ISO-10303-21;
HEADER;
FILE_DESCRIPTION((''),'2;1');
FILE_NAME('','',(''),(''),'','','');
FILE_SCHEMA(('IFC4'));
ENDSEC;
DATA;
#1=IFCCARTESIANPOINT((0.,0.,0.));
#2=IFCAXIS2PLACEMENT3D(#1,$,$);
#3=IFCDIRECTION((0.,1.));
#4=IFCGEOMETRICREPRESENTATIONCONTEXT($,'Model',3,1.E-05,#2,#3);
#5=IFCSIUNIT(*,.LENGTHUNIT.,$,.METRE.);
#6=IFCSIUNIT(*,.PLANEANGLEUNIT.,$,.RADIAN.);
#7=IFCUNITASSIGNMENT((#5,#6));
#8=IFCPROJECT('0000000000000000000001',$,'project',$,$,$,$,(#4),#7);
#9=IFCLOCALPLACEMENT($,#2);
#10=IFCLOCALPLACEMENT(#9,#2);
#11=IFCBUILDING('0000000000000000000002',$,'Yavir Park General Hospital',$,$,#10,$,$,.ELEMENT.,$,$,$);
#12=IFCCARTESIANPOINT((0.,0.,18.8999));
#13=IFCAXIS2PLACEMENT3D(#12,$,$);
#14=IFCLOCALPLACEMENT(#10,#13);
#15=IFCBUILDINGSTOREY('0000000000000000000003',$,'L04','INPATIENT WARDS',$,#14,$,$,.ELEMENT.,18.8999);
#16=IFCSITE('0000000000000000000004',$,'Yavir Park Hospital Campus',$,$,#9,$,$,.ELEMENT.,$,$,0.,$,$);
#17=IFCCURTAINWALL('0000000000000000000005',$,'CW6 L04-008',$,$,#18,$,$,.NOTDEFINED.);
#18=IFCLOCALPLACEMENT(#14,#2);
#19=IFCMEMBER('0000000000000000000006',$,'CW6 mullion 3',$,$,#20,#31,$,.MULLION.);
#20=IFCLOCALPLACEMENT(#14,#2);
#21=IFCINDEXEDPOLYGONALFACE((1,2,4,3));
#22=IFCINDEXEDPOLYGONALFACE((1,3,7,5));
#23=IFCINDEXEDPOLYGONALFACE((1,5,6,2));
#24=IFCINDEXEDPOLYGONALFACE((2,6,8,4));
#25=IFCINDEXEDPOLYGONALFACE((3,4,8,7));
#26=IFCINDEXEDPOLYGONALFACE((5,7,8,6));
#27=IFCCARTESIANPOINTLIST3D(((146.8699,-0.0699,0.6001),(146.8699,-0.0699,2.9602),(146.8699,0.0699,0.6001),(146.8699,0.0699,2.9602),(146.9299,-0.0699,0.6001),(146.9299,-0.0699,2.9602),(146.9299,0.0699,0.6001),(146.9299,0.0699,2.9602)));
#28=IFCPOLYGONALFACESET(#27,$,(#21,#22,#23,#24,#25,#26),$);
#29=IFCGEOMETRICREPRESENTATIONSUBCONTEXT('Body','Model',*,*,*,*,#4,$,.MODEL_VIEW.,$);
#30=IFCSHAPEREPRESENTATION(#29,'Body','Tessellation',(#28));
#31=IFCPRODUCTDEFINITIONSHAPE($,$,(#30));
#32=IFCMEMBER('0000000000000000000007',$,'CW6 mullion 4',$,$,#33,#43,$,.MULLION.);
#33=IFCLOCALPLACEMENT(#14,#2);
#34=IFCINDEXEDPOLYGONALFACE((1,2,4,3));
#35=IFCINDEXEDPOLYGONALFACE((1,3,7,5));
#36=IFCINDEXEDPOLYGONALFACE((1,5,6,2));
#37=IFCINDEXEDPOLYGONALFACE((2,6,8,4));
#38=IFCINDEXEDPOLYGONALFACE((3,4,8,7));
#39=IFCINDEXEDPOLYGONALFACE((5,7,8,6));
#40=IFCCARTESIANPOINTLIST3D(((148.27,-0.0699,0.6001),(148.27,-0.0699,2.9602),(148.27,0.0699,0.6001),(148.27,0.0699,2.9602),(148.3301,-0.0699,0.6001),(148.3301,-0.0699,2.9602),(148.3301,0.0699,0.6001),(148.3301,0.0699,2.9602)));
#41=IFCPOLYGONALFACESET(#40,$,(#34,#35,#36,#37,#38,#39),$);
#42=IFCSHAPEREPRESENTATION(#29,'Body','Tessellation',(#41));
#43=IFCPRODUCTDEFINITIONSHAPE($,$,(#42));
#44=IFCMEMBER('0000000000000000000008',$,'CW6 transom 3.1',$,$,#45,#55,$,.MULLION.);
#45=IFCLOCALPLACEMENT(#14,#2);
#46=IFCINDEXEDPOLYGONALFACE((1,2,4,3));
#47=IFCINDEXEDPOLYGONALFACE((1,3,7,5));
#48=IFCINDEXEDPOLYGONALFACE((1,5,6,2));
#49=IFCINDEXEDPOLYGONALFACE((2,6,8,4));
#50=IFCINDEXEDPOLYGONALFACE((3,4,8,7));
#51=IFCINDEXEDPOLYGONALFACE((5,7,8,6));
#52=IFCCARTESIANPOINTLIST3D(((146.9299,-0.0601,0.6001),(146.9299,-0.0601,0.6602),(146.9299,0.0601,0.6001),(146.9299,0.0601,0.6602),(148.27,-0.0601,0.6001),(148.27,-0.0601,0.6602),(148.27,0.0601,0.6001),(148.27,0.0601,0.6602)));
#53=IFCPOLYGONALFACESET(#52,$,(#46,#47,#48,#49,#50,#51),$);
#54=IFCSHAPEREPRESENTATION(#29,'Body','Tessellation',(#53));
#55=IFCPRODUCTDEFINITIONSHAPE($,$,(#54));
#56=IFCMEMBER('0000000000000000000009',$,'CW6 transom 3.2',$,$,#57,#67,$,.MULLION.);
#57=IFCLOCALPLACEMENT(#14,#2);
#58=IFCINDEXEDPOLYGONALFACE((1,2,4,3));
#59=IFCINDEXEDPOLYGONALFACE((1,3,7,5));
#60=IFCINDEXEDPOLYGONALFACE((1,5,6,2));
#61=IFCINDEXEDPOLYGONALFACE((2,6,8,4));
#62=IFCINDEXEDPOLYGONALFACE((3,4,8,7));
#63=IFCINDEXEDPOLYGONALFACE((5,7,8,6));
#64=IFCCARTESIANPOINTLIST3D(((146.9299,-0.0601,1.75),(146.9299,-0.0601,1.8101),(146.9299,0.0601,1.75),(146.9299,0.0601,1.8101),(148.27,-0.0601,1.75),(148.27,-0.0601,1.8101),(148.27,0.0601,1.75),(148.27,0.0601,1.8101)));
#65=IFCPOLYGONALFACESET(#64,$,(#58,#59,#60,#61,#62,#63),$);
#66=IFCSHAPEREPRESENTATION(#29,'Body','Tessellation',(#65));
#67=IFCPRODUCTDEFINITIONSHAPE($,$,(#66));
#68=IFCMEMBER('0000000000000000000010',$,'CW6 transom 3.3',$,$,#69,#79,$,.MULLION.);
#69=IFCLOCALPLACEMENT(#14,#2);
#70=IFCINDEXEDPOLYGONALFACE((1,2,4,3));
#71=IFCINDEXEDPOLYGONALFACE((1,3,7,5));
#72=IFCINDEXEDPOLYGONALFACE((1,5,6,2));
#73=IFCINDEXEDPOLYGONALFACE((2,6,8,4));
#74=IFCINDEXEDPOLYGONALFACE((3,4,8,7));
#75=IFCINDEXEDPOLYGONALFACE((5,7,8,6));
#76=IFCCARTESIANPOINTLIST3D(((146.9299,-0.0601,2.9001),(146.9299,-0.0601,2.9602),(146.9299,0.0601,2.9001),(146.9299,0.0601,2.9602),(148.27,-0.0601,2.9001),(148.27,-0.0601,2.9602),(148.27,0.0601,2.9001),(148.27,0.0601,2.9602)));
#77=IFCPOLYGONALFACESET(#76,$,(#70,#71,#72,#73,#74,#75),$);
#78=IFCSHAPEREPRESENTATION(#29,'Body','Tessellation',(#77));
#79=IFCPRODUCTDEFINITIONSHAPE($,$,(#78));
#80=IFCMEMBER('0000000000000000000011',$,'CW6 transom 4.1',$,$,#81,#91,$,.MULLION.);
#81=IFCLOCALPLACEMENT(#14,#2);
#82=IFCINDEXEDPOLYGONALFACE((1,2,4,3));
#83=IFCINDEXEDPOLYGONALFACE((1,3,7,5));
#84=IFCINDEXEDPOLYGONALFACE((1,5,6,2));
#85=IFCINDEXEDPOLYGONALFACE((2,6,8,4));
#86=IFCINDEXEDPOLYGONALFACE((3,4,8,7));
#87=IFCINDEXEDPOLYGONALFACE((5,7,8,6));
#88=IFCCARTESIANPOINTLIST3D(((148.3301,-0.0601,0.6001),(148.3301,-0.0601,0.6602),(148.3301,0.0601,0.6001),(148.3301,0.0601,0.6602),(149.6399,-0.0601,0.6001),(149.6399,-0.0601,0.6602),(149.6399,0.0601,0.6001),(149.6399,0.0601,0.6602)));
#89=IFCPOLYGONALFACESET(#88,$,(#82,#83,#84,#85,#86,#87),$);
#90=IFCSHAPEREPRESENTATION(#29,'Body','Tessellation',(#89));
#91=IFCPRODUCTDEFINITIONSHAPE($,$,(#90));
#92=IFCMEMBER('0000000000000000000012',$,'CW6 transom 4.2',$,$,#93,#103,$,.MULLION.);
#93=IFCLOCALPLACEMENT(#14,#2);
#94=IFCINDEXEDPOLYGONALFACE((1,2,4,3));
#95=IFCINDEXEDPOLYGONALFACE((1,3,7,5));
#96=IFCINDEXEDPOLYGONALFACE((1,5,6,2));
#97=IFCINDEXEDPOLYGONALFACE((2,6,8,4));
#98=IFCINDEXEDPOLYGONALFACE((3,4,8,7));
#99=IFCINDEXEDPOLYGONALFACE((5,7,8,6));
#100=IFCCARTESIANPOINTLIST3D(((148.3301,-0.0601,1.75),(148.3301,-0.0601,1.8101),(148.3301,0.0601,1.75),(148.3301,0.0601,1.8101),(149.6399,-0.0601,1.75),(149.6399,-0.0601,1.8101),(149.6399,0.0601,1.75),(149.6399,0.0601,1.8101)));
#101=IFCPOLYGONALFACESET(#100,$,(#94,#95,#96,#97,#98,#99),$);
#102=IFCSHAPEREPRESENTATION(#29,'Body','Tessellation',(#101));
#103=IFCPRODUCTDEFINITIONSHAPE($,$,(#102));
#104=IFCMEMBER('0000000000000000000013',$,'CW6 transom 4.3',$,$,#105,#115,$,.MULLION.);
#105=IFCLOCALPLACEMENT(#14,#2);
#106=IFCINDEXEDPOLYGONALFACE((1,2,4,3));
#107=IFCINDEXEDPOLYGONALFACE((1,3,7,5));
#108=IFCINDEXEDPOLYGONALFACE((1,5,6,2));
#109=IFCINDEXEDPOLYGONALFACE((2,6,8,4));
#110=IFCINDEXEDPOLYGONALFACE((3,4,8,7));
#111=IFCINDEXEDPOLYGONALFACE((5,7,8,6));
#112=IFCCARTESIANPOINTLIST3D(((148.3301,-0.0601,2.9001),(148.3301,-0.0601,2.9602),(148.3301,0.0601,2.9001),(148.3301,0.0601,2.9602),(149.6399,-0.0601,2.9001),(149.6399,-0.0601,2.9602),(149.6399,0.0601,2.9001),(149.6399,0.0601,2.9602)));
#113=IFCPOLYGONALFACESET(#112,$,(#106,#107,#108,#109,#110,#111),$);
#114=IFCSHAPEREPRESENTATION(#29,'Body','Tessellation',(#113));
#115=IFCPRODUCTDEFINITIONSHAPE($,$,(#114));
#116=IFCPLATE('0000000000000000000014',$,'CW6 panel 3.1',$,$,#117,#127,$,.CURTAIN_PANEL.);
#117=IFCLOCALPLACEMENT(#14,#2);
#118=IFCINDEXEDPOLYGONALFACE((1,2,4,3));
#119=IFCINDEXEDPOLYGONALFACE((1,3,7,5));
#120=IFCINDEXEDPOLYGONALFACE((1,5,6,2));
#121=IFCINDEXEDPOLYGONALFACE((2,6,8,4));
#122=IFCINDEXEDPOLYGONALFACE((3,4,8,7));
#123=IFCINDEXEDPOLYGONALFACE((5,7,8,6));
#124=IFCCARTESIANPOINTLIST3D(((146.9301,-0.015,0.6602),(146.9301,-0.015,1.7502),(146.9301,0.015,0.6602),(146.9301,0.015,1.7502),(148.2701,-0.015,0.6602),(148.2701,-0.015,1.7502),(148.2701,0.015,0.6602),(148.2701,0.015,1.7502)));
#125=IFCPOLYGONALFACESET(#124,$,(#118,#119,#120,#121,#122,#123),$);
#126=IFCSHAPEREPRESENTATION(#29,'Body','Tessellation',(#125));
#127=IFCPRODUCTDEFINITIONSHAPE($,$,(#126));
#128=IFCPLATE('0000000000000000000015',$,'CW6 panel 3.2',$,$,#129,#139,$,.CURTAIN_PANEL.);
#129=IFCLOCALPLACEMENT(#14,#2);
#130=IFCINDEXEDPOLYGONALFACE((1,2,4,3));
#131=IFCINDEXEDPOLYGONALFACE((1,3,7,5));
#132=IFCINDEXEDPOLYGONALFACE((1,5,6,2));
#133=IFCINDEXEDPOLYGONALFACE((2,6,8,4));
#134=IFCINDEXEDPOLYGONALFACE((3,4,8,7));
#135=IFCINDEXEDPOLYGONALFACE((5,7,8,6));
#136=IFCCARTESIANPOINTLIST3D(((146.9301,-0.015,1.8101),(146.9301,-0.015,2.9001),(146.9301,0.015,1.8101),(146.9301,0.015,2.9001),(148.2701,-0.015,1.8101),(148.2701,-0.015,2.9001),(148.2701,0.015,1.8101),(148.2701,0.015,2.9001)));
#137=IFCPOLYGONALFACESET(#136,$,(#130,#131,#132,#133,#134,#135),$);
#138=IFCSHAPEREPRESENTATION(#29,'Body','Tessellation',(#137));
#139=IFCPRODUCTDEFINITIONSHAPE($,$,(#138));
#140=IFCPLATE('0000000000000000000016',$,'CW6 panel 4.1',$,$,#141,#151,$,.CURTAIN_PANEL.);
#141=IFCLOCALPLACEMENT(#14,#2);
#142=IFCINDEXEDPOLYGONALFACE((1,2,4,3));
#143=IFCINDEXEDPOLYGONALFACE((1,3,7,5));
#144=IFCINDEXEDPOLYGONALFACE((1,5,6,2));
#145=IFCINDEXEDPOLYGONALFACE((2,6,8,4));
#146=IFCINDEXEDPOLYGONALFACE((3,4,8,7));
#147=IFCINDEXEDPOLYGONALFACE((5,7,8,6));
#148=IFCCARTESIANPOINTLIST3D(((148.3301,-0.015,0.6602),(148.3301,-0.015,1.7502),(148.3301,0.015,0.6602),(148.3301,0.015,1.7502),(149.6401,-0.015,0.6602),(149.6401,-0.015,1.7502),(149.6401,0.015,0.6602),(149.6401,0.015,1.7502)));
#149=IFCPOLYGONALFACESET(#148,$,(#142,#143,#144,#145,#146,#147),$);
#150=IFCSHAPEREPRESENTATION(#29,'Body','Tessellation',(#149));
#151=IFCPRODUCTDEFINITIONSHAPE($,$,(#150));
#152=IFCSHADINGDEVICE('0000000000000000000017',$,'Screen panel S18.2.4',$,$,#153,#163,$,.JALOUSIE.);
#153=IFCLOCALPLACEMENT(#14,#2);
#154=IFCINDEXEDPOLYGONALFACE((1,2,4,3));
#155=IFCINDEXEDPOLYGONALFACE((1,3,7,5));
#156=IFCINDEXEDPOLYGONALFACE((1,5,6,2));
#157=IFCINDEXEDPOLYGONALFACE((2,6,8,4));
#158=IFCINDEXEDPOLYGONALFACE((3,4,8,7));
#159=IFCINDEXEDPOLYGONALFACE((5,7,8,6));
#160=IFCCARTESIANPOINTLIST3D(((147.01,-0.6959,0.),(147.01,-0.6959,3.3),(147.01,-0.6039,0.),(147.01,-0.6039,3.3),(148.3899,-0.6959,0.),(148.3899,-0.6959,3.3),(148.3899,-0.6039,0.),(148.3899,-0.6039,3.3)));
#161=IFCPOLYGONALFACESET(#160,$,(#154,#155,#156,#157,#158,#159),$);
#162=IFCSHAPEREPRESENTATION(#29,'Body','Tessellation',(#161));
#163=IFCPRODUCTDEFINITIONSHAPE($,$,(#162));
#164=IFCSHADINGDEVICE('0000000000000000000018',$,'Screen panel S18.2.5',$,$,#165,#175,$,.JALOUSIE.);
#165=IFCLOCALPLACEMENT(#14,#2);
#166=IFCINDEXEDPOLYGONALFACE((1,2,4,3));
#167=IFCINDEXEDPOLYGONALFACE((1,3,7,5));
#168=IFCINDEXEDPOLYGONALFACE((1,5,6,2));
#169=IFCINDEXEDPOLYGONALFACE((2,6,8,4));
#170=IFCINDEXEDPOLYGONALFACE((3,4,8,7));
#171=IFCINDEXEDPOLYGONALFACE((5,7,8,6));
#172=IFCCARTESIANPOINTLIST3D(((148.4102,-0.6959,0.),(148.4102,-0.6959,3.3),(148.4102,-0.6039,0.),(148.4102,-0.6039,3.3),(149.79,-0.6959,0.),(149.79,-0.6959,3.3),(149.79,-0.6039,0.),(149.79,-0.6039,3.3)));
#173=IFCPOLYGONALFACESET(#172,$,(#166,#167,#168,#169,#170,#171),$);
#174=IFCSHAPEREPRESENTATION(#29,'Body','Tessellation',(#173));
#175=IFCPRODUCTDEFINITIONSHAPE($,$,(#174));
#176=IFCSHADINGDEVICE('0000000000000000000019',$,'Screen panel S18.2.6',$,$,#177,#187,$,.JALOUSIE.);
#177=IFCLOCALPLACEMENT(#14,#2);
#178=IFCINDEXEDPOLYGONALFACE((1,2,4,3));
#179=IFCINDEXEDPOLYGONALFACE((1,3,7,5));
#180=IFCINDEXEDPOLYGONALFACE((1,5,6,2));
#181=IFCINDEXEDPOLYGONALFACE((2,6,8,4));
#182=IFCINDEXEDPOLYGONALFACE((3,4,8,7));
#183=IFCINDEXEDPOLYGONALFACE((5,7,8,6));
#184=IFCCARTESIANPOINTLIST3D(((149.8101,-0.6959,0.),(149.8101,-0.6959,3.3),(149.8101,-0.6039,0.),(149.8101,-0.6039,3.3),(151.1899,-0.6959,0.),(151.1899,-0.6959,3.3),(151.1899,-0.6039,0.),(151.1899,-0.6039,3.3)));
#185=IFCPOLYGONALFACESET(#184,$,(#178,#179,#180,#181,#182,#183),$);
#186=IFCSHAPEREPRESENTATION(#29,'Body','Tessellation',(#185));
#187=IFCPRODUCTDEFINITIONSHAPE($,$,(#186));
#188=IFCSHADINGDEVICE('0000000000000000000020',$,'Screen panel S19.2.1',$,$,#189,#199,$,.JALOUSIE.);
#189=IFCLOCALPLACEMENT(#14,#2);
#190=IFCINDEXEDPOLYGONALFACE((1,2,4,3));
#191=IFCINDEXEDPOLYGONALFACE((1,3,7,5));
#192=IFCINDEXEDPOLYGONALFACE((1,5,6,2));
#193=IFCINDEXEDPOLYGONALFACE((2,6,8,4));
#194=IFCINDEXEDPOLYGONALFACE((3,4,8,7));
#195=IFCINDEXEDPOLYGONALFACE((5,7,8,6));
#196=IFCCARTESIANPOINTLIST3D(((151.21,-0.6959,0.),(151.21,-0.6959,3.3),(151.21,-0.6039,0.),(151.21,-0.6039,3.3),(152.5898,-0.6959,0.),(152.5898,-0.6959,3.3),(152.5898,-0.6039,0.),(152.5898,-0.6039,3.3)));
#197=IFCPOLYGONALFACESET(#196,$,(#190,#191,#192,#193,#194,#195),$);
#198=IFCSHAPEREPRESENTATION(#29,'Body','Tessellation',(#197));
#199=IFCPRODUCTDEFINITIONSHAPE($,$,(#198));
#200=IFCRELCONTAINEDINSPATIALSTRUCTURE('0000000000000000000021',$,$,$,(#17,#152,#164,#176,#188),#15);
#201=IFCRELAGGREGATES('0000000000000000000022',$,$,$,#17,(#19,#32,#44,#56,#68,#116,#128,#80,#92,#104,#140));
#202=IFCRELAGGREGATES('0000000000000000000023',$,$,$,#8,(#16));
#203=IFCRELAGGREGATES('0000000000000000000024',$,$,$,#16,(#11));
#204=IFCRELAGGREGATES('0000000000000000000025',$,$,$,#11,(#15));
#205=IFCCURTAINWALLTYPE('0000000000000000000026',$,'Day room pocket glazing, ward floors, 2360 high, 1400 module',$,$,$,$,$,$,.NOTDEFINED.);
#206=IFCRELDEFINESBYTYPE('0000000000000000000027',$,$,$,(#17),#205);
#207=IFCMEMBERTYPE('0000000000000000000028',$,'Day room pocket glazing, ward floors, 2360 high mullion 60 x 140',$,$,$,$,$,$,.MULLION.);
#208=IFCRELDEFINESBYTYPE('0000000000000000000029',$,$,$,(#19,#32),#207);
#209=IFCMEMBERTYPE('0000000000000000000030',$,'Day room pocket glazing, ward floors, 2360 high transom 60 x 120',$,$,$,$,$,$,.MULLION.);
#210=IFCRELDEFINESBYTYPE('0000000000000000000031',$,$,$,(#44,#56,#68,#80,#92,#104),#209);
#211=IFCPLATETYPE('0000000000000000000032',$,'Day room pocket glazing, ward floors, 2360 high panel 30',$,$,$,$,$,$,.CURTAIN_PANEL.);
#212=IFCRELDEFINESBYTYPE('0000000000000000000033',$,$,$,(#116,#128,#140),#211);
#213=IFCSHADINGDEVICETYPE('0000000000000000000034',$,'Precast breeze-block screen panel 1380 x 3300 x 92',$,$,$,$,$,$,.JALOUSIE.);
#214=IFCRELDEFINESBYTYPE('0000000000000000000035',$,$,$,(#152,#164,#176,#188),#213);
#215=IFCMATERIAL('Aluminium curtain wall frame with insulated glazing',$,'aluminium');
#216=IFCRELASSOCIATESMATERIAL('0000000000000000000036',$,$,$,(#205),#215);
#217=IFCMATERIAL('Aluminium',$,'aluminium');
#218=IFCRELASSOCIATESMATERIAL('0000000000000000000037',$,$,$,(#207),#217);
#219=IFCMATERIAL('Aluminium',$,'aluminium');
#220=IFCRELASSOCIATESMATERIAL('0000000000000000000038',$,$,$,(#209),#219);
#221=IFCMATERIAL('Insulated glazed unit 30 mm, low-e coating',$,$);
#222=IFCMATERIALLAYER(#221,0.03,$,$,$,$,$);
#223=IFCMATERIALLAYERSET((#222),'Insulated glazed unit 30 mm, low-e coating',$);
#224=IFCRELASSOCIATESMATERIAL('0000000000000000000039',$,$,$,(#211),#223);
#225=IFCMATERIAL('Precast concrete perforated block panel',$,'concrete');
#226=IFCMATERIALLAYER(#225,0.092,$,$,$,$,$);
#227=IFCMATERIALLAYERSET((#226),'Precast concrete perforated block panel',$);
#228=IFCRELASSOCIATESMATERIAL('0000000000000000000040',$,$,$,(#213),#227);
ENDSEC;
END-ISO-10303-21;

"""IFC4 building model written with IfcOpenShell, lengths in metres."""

from ifc_helpers import new_model, si_unit, direction, frame, origin, origin_2d, place, context, subcontext, project, spatial, rectangle, extrude, material, layer, layer_set, material_profile, profile_set, type_object, element, aggregate, save


model = new_model("IFC4")

# Units and contexts
model_context = context("Model", 3, precision=1e-05, world=origin(), true_north=direction((0.0, 1.0)))
body_context = subcontext(model_context, "Body", "Model", "MODEL_VIEW")
ifc_project = project(units=[si_unit("LENGTHUNIT", "METRE"), si_unit("PLANEANGLEUNIT", "RADIAN")], contexts=[model_context])

# Site, building, storey
site_placement = place(None, origin())
site = spatial("IfcSite", under=ifc_project, at=site_placement, Name="Yavir Park Hospital Campus", CompositionType="ELEMENT", RefElevation=0.0)
building_placement = place(site_placement, origin())
building = spatial("IfcBuilding", under=site, at=building_placement, Name="Yavir Park General Hospital", CompositionType="ELEMENT")
storey_placement = place(building_placement, frame((0.0, 0.0, 18.8999)))
storey = spatial("IfcBuildingStorey", under=building, at=storey_placement, Name="L04", Description="INPATIENT WARDS", CompositionType="ELEMENT", Elevation=18.8999)

# Curtain wall, members, plates
ifc_material_1 = material(Name="Aluminium curtain wall frame with insulated glazing", Category="aluminium")
curtain_wall_type = type_object("IfcCurtainWallType", Name="Day room pocket glazing, ward floors, 2360 high, 1400 module", PredefinedType="NOTDEFINED", material=ifc_material_1)
curtain_wall_placement = place(storey_placement, origin())
curtain_wall = element("IfcCurtainWall", 1, at=curtain_wall_placement, inside=storey, type_object=curtain_wall_type, Name="CW6 L04-008", PredefinedType="NOTDEFINED")
ifc_material_2 = material(Name="Aluminium", Category="aluminium")
ifc_material_profile_1 = material_profile(ifc_material_2, rectangle(XDim=0.1399, YDim=0.0601, at=origin_2d()), Name="AL 60x140")
ifc_profile_set_1 = profile_set([ifc_material_profile_1], Name="Aluminium")
member_type_1 = type_object("IfcMemberType", Name="Day room pocket glazing, ward floors, 2360 high mullion 60 x 140", PredefinedType="MULLION", material=ifc_profile_set_1)
member_1_placement = place(storey_placement, frame((146.8999, 0.0, 0.6001), z_axis=(0.0, 0.0, 1.0), x_axis=(0.0, 1.0, 0.0)))
member_1 = element("IfcMember", 2, at=member_1_placement, type_object=member_type_1, Name="CW6 mullion 3", PredefinedType="MULLION", context=body_context, shape_type="SweptSolid", body=[
    extrude(rectangle(XDim=0.1399, YDim=0.0601, at=origin_2d()), origin(), (0.0, 0.0, 1.0), 2.3601),
])
member_2_placement = place(storey_placement, frame((148.3, 0.0, 0.6001), z_axis=(0.0, 0.0, 1.0), x_axis=(0.0, 1.0, 0.0)))
member_2 = element("IfcMember", 3, at=member_2_placement, type_object=member_type_1, Name="CW6 mullion 4", PredefinedType="MULLION", context=body_context, shape_type="SweptSolid", body=[
    extrude(rectangle(XDim=0.1399, YDim=0.0601, at=origin_2d()), origin(), (0.0, 0.0, 1.0), 2.3601),
])
ifc_material_3 = material(Name="Aluminium", Category="aluminium")
ifc_material_profile_2 = material_profile(ifc_material_3, rectangle(XDim=0.1201, YDim=0.0601, at=origin_2d()), Name="AL 120x60")
ifc_profile_set_2 = profile_set([ifc_material_profile_2], Name="Aluminium")
member_type_2 = type_object("IfcMemberType", Name="Day room pocket glazing, ward floors, 2360 high transom 60 x 120", PredefinedType="MULLION", material=ifc_profile_set_2)
member_3_placement = place(storey_placement, frame((146.9299, 0.0, 0.6301), z_axis=(1.0, 0.0, 0.0), x_axis=(0.0, 1.0, 0.0)))
member_3 = element("IfcMember", 4, at=member_3_placement, type_object=member_type_2, Name="CW6 transom 3.1", PredefinedType="MULLION", context=body_context, shape_type="SweptSolid", body=[
    extrude(rectangle(XDim=0.1201, YDim=0.0601, at=origin_2d()), origin(), (0.0, 0.0, 1.0), 1.3401),
])
member_4_placement = place(storey_placement, frame((146.9299, 0.0, 1.78), z_axis=(1.0, 0.0, 0.0), x_axis=(0.0, 1.0, 0.0)))
member_4 = element("IfcMember", 5, at=member_4_placement, type_object=member_type_2, Name="CW6 transom 3.2", PredefinedType="MULLION", context=body_context, shape_type="SweptSolid", body=[
    extrude(rectangle(XDim=0.1201, YDim=0.0601, at=origin_2d()), origin(), (0.0, 0.0, 1.0), 1.3401),
])
member_5_placement = place(storey_placement, frame((146.9299, 0.0, 2.9302), z_axis=(1.0, 0.0, 0.0), x_axis=(0.0, 1.0, 0.0)))
member_5 = element("IfcMember", 6, at=member_5_placement, type_object=member_type_2, Name="CW6 transom 3.3", PredefinedType="MULLION", context=body_context, shape_type="SweptSolid", body=[
    extrude(rectangle(XDim=0.1201, YDim=0.0601, at=origin_2d()), origin(), (0.0, 0.0, 1.0), 1.3401),
])
member_6_placement = place(storey_placement, frame((148.3301, 0.0, 0.6301), z_axis=(1.0, 0.0, 0.0), x_axis=(0.0, 1.0, 0.0)))
member_6 = element("IfcMember", 7, at=member_6_placement, type_object=member_type_2, Name="CW6 transom 4.1", PredefinedType="MULLION", context=body_context, shape_type="SweptSolid", body=[
    extrude(rectangle(XDim=0.1201, YDim=0.0601, at=origin_2d()), origin(), (0.0, 0.0, 1.0), 1.3098),
])
member_7_placement = place(storey_placement, frame((148.3301, 0.0, 1.78), z_axis=(1.0, 0.0, 0.0), x_axis=(0.0, 1.0, 0.0)))
member_7 = element("IfcMember", 8, at=member_7_placement, type_object=member_type_2, Name="CW6 transom 4.2", PredefinedType="MULLION", context=body_context, shape_type="SweptSolid", body=[
    extrude(rectangle(XDim=0.1201, YDim=0.0601, at=origin_2d()), origin(), (0.0, 0.0, 1.0), 1.3098),
])
member_8_placement = place(storey_placement, frame((148.3301, 0.0, 2.9302), z_axis=(1.0, 0.0, 0.0), x_axis=(0.0, 1.0, 0.0)))
member_8 = element("IfcMember", 9, at=member_8_placement, type_object=member_type_2, Name="CW6 transom 4.3", PredefinedType="MULLION", context=body_context, shape_type="SweptSolid", body=[
    extrude(rectangle(XDim=0.1201, YDim=0.0601, at=origin_2d()), origin(), (0.0, 0.0, 1.0), 1.3098),
])
ifc_material_4 = material(Name="Insulated glazed unit 30 mm, low-e coating")
ifc_layer_1 = layer(ifc_material_4, 0.03)
ifc_layer_set_1 = layer_set([ifc_layer_1], Name="Insulated glazed unit 30 mm, low-e coating")
plate_type = type_object("IfcPlateType", Name="Day room pocket glazing, ward floors, 2360 high panel 30", PredefinedType="CURTAIN_PANEL", material=ifc_layer_set_1)
plate_1_placement = place(storey_placement, frame((147.6001, 0.0, 0.6602), z_axis=(0.0, 0.0, 1.0), x_axis=(1.0, 0.0, 0.0)))
plate_1 = element("IfcPlate", 10, at=plate_1_placement, type_object=plate_type, Name="CW6 panel 3.1", PredefinedType="CURTAIN_PANEL", context=body_context, shape_type="SweptSolid", body=[
    extrude(rectangle(XDim=1.3401, YDim=0.03, at=origin_2d()), origin(), (0.0, 0.0, 1.0), 1.0901),
])
plate_2_placement = place(storey_placement, frame((147.6001, 0.0, 1.8101), z_axis=(0.0, 0.0, 1.0), x_axis=(1.0, 0.0, 0.0)))
plate_2 = element("IfcPlate", 11, at=plate_2_placement, type_object=plate_type, Name="CW6 panel 3.2", PredefinedType="CURTAIN_PANEL", context=body_context, shape_type="SweptSolid", body=[
    extrude(rectangle(XDim=1.3401, YDim=0.03, at=origin_2d()), origin(), (0.0, 0.0, 1.0), 1.0901),
])
plate_3_placement = place(storey_placement, frame((148.9851, 0.0, 0.6602), z_axis=(0.0, 0.0, 1.0), x_axis=(1.0, 0.0, 0.0)))
plate_3 = element("IfcPlate", 12, at=plate_3_placement, type_object=plate_type, Name="CW6 panel 4.1", PredefinedType="CURTAIN_PANEL", context=body_context, shape_type="SweptSolid", body=[
    extrude(rectangle(XDim=1.3101, YDim=0.03, at=origin_2d()), origin(), (0.0, 0.0, 1.0), 1.0901),
])
aggregate(curtain_wall, [member_1, member_2, member_3, member_4, member_5, plate_1, plate_2, member_6, member_7, member_8, plate_3])

# Shading devices
ifc_material_5 = material(Name="Precast concrete perforated block panel", Category="concrete")
ifc_layer_2 = layer(ifc_material_5, 0.092)
ifc_layer_set_2 = layer_set([ifc_layer_2], Name="Precast concrete perforated block panel")
shading_device_type = type_object("IfcShadingDeviceType", Name="Precast breeze-block screen panel 1380 x 3300 x 92", PredefinedType="JALOUSIE", material=ifc_layer_set_2)
for number, where, z_axis, x_axis, name in (
    (13, (147.7, -0.6499, 0.0), (0.0, 0.0, 1.0), (1.0, 0.0, 0.0), "Screen panel S18.2.4"),
    (14, (149.1001, -0.6499, 0.0), (0.0, 0.0, 1.0), (1.0, 0.0, 0.0), "Screen panel S18.2.5"),
    (15, (150.5, -0.6499, 0.0), (0.0, 0.0, 1.0), (1.0, 0.0, 0.0), "Screen panel S18.2.6"),
    (16, (151.8999, -0.6499, 0.0), (0.0, 0.0, 1.0), (1.0, 0.0, 0.0), "Screen panel S19.2.1"),
):
    element("IfcShadingDevice", number, at=place(storey_placement, frame(where, z_axis=z_axis, x_axis=x_axis)), inside=storey, type_object=shading_device_type, Name=name, PredefinedType="JALOUSIE", context=body_context, shape_type="SweptSolid", body=[
        extrude(rectangle(XDim=1.3799, YDim=0.092, at=origin_2d()), origin(), (0.0, 0.0, 1.0), 3.3),
    ])

save(model, "model.ifc")
